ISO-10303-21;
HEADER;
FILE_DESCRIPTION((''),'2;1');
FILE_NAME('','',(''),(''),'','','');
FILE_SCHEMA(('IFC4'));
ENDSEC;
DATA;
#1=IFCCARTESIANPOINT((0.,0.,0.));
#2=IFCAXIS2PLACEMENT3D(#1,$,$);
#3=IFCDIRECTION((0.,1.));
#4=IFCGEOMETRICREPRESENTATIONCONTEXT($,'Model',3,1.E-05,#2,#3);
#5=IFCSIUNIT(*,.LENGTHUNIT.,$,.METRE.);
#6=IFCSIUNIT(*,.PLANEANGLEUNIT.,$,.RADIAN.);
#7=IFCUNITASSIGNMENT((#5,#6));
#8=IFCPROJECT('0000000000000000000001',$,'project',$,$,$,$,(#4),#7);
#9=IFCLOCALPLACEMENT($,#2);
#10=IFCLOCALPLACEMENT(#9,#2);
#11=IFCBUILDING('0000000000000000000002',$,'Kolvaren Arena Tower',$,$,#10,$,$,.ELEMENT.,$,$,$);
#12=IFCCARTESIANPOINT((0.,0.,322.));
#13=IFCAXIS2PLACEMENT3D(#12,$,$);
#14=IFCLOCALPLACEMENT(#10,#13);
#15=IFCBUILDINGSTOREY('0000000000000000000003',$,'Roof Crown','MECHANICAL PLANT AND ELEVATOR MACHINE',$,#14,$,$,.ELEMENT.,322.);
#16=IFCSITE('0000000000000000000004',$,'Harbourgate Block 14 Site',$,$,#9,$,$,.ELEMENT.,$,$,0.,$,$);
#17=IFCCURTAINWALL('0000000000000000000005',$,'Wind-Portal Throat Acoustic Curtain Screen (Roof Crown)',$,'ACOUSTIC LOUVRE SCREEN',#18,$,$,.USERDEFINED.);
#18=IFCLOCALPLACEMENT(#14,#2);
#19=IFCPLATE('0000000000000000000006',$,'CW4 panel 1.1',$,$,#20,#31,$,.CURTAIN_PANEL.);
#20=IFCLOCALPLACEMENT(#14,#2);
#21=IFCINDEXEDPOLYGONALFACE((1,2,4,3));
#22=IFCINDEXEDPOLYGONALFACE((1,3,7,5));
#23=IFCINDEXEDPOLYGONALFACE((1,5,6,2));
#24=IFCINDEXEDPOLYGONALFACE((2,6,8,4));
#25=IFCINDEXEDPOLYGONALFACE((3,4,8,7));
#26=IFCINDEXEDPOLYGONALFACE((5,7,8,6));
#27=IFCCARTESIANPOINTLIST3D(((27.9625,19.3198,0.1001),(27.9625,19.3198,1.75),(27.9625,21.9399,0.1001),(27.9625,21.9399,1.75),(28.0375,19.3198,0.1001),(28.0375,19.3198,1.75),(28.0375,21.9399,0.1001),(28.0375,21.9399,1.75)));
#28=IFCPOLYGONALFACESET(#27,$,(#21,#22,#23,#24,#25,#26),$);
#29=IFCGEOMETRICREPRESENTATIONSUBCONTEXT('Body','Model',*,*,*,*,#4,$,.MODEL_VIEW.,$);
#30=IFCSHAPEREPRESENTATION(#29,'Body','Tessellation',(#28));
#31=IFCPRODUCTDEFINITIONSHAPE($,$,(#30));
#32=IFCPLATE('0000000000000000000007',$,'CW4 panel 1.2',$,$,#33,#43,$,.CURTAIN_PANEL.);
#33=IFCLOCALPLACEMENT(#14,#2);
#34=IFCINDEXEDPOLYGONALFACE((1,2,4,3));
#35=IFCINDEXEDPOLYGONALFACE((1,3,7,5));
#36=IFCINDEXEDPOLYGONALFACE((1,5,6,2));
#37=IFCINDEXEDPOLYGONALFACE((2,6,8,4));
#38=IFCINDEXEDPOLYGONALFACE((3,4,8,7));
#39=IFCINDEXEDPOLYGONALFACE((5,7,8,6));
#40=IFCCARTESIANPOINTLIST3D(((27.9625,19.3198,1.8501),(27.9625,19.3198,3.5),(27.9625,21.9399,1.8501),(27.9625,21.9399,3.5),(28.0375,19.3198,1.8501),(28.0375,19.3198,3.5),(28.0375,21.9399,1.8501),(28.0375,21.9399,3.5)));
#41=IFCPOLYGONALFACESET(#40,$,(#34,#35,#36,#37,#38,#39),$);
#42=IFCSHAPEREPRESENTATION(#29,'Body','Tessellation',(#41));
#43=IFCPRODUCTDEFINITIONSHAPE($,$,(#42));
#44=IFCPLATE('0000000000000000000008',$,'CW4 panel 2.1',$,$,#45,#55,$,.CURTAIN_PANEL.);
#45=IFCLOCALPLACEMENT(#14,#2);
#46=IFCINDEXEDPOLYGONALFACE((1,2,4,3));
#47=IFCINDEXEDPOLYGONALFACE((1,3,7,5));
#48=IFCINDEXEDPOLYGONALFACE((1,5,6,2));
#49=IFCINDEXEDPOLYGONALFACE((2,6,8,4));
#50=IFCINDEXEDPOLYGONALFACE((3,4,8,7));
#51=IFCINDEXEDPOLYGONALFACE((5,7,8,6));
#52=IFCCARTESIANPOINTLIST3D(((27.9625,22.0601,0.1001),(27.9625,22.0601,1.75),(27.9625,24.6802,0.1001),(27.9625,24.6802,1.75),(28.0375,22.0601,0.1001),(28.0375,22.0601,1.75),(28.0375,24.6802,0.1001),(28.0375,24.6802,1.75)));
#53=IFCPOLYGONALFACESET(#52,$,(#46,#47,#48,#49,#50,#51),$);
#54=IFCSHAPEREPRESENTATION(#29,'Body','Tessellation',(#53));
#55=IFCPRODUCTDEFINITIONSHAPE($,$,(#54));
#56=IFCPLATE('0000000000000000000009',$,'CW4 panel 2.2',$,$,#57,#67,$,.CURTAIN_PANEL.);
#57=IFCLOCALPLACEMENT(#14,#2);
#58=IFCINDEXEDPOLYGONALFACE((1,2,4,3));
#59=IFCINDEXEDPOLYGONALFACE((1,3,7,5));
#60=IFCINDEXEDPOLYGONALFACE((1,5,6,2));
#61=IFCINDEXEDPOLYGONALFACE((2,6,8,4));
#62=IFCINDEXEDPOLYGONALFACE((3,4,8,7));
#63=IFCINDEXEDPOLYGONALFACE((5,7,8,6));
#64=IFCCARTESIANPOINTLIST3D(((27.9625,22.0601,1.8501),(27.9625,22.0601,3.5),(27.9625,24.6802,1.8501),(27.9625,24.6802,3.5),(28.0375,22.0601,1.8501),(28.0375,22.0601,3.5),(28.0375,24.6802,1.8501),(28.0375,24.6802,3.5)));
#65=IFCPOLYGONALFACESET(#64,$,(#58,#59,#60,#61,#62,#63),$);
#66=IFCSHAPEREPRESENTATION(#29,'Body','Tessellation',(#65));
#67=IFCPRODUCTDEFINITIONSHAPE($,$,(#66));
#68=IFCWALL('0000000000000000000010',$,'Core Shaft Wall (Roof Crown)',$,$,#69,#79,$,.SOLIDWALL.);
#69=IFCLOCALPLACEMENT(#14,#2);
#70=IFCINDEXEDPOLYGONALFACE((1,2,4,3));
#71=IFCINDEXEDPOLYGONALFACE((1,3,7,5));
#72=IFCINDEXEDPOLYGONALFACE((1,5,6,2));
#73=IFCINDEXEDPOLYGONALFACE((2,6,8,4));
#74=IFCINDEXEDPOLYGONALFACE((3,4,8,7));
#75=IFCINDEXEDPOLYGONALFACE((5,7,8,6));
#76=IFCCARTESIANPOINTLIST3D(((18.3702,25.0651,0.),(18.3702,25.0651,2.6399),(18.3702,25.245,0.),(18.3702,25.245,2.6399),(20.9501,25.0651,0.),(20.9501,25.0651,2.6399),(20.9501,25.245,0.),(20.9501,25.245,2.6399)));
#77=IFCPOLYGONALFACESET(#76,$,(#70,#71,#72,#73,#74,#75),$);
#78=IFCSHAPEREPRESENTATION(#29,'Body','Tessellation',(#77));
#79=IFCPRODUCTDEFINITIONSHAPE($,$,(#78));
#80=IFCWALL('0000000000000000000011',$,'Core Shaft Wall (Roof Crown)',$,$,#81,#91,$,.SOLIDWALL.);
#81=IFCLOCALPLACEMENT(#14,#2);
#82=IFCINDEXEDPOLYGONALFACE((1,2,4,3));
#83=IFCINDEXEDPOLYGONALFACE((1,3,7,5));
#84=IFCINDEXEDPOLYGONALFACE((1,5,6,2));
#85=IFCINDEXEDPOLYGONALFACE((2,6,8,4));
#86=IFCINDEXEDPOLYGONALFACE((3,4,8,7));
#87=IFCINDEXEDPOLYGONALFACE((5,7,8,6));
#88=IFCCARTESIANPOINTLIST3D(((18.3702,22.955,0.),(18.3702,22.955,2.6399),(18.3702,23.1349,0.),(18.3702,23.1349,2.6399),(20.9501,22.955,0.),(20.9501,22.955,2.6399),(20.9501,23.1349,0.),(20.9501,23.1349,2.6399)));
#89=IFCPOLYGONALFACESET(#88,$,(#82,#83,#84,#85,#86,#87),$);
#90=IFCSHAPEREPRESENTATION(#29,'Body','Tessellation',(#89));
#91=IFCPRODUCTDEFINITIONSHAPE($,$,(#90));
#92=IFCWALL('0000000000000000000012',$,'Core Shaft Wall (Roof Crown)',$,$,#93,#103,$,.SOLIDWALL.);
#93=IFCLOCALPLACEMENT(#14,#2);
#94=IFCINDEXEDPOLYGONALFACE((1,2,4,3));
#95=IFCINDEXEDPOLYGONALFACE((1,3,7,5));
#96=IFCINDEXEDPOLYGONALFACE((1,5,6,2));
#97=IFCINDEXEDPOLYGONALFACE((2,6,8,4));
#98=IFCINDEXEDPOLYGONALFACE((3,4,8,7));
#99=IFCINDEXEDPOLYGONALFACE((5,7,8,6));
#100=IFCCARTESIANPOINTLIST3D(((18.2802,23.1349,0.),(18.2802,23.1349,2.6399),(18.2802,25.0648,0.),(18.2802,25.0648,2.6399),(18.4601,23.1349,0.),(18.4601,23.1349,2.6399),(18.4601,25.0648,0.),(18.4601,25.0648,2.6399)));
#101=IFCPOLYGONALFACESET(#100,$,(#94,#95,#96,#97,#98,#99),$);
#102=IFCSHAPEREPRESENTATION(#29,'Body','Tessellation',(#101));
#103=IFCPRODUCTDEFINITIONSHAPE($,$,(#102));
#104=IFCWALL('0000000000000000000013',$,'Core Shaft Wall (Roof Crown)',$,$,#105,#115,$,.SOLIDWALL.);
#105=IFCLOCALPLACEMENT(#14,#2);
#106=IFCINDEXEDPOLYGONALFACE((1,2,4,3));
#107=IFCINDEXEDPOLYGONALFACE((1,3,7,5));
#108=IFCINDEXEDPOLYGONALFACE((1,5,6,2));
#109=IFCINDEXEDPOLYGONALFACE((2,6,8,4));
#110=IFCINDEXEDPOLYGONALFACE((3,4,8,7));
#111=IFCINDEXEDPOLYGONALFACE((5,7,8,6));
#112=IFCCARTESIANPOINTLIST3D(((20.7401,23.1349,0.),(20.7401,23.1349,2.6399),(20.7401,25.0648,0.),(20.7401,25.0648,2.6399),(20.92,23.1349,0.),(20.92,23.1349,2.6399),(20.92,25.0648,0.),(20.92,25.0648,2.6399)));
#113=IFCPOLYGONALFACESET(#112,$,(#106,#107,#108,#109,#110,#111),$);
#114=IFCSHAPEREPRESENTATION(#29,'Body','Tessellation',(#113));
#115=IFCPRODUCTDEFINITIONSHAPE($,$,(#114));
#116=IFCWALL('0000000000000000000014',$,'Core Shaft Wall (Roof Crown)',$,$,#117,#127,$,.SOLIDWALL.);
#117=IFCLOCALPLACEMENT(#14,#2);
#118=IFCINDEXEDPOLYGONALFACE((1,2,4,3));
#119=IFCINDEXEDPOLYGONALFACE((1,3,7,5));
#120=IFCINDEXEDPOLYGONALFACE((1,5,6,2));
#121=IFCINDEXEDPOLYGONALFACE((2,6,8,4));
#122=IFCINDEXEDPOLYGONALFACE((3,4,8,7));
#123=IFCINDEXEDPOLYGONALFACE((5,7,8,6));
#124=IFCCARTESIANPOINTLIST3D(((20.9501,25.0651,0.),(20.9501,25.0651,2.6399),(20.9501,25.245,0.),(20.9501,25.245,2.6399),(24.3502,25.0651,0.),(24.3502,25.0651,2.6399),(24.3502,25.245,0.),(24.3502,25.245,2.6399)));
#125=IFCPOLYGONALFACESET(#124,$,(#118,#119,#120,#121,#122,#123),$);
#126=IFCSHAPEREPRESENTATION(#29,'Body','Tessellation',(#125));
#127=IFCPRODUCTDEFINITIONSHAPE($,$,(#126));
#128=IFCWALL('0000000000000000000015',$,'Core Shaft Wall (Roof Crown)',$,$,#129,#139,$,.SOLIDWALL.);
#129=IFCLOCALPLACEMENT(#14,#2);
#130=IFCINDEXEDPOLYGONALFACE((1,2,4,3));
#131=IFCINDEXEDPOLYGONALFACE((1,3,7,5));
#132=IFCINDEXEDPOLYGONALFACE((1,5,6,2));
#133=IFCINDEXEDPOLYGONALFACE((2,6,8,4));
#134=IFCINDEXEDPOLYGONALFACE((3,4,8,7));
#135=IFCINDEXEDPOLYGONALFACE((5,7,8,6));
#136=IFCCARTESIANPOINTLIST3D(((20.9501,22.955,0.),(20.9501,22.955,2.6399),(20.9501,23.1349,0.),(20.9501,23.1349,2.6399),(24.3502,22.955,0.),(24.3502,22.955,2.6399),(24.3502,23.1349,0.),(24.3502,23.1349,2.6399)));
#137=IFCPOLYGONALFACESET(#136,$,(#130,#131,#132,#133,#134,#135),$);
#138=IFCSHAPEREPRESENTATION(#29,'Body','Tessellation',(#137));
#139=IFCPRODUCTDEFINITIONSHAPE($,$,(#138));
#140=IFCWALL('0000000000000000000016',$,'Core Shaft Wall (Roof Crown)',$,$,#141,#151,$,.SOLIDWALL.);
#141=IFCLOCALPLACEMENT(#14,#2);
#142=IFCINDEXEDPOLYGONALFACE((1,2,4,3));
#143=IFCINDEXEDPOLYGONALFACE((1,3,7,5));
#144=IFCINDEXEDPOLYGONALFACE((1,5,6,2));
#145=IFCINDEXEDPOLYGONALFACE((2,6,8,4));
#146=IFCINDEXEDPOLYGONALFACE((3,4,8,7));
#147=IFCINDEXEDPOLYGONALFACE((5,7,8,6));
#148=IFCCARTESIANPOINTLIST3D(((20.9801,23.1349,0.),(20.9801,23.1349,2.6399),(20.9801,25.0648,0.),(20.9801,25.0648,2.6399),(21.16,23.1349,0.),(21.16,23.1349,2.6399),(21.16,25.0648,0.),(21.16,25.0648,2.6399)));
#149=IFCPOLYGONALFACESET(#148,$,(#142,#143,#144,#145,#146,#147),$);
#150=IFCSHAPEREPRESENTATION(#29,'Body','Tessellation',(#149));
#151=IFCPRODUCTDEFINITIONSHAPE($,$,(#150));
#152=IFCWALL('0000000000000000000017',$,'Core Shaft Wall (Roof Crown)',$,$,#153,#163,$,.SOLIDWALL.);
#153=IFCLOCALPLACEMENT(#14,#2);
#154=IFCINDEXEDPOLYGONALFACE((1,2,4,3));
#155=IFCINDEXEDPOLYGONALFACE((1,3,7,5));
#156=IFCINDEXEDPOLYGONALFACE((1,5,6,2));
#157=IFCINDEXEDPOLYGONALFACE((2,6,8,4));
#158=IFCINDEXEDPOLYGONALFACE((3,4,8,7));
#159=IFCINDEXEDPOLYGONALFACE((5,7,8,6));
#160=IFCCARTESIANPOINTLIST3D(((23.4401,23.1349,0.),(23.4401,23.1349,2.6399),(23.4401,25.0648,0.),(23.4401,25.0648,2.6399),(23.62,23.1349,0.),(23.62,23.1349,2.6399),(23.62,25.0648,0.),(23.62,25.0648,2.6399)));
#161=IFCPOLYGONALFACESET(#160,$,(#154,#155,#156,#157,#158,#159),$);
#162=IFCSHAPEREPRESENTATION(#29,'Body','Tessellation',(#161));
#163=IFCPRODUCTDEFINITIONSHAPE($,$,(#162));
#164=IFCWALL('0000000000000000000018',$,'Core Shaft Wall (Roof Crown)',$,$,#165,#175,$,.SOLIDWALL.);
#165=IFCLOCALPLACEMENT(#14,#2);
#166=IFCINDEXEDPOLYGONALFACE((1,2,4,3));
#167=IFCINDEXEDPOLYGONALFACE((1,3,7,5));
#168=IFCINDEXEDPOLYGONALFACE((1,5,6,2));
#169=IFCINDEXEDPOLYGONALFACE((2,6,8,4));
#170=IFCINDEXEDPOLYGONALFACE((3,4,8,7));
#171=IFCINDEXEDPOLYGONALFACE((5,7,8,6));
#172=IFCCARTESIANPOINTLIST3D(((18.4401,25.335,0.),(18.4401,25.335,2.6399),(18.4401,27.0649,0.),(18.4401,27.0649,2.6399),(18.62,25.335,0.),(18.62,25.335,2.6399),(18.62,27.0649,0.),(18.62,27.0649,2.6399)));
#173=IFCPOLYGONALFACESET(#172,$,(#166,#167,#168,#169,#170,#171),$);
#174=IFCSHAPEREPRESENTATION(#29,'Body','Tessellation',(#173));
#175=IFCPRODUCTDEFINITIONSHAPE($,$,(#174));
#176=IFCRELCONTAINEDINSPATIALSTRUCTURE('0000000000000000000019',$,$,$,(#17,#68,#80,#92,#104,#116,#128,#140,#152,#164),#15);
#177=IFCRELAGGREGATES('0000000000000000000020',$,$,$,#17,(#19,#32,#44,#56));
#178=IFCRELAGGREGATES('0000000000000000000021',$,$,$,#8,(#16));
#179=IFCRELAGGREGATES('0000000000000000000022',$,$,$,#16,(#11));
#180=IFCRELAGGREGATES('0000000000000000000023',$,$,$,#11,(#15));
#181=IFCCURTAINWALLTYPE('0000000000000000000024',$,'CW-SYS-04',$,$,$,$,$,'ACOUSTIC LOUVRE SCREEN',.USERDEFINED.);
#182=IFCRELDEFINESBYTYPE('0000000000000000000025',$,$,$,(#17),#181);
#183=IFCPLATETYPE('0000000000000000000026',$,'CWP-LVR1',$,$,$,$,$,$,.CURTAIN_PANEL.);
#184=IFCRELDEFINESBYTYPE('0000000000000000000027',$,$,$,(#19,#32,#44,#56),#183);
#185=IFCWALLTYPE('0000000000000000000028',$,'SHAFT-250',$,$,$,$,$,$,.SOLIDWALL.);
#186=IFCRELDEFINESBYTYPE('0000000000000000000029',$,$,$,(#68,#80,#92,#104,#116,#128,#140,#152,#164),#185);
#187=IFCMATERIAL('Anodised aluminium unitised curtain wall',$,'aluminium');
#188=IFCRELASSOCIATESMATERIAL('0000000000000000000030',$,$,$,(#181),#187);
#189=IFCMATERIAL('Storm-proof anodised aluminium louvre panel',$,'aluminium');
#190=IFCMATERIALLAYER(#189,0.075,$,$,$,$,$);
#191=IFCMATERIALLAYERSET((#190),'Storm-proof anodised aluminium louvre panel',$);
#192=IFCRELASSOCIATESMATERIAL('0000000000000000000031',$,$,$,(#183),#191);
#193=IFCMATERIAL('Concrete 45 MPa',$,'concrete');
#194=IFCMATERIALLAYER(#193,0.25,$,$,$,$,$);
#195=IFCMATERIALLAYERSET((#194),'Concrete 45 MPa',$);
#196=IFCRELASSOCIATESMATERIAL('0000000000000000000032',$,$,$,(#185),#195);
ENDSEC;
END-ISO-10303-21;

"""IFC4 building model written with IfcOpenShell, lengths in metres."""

from ifc_helpers import new_model, si_unit, direction, frame, frame_2d, origin, origin_2d, place, context, subcontext, project, spatial, rectangle, extrude, material, layer, layer_set, type_object, element, aggregate, save


model = new_model("IFC4")

# Units and contexts
model_context = context("Model", 3, precision=1e-05, world=origin(), true_north=direction((0.0, 1.0)))
body_context = subcontext(model_context, "Body", "Model", "MODEL_VIEW")
ifc_project = project(units=[si_unit("LENGTHUNIT", "METRE"), si_unit("PLANEANGLEUNIT", "RADIAN")], contexts=[model_context])

# Site, building, storey
site_placement = place(None, origin())
site = spatial("IfcSite", under=ifc_project, at=site_placement, Name="Harbourgate Block 14 Site", CompositionType="ELEMENT", RefElevation=0.0)
building_placement = place(site_placement, origin())
building = spatial("IfcBuilding", under=site, at=building_placement, Name="Kolvaren Arena Tower", CompositionType="ELEMENT")
storey_placement = place(building_placement, frame((0.0, 0.0, 322.0)))
storey = spatial("IfcBuildingStorey", under=building, at=storey_placement, Name="Roof Crown", Description="MECHANICAL PLANT AND ELEVATOR MACHINE", CompositionType="ELEMENT", Elevation=322.0)

# Curtain wall
ifc_material_1 = material(Name="Anodised aluminium unitised curtain wall", Category="aluminium")
curtain_wall_type = type_object("IfcCurtainWallType", Name="CW-SYS-04", ElementType="ACOUSTIC LOUVRE SCREEN", PredefinedType="USERDEFINED", material=ifc_material_1)
curtain_wall_1_placement = place(storey_placement, origin())
curtain_wall_1 = element("IfcCurtainWall", 1, at=curtain_wall_1_placement, inside=storey, type_object=curtain_wall_type, Name="Wind-Portal Throat Acoustic Curtain Screen (Roof Crown)", ObjectType="ACOUSTIC LOUVRE SCREEN", PredefinedType="USERDEFINED")

# Plates
ifc_material_2 = material(Name="Storm-proof anodised aluminium louvre panel", Category="aluminium")
ifc_layer_1 = layer(ifc_material_2, 0.075)
ifc_layer_set_1 = layer_set([ifc_layer_1], Name="Storm-proof anodised aluminium louvre panel")
plate_type = type_object("IfcPlateType", Name="CWP-LVR1", PredefinedType="CURTAIN_PANEL", material=ifc_layer_set_1)
plate_1_placement = place(storey_placement, frame((28.0, 20.6299, 0.1001), z_axis=(0.0, 0.0, 1.0), x_axis=(0.0, 1.0, 0.0)))
plate_1 = element("IfcPlate", 2, at=plate_1_placement, type_object=plate_type, Name="CW4 panel 1.1", PredefinedType="CURTAIN_PANEL", context=body_context, shape_type="SweptSolid", body=[
    extrude(rectangle(XDim=2.6201, YDim=0.075, at=origin_2d()), origin(), (0.0, 0.0, 1.0), 1.6499),
])
plate_2_placement = place(storey_placement, frame((28.0, 20.6299, 1.8501), z_axis=(0.0, 0.0, 1.0), x_axis=(0.0, 1.0, 0.0)))
plate_2 = element("IfcPlate", 3, at=plate_2_placement, type_object=plate_type, Name="CW4 panel 1.2", PredefinedType="CURTAIN_PANEL", context=body_context, shape_type="SweptSolid", body=[
    extrude(rectangle(XDim=2.6201, YDim=0.075, at=origin_2d()), origin(), (0.0, 0.0, 1.0), 1.6499),
])
plate_3_placement = place(storey_placement, frame((28.0, 23.3701, 0.1001), z_axis=(0.0, 0.0, 1.0), x_axis=(0.0, 1.0, 0.0)))
plate_3 = element("IfcPlate", 4, at=plate_3_placement, type_object=plate_type, Name="CW4 panel 2.1", PredefinedType="CURTAIN_PANEL", context=body_context, shape_type="SweptSolid", body=[
    extrude(rectangle(XDim=2.6201, YDim=0.075, at=origin_2d()), origin(), (0.0, 0.0, 1.0), 1.6499),
])
plate_4_placement = place(storey_placement, frame((28.0, 23.3701, 1.8501), z_axis=(0.0, 0.0, 1.0), x_axis=(0.0, 1.0, 0.0)))
plate_4 = element("IfcPlate", 5, at=plate_4_placement, type_object=plate_type, Name="CW4 panel 2.2", PredefinedType="CURTAIN_PANEL", context=body_context, shape_type="SweptSolid", body=[
    extrude(rectangle(XDim=2.6201, YDim=0.075, at=origin_2d()), origin(), (0.0, 0.0, 1.0), 1.6499),
])
aggregate(curtain_wall_1, [plate_1, plate_2, plate_3, plate_4])

# Walls
ifc_material_3 = material(Name="Concrete 45 MPa", Category="concrete")
ifc_layer_2 = layer(ifc_material_3, 0.25)
ifc_layer_set_2 = layer_set([ifc_layer_2], Name="Concrete 45 MPa")
wall_type = type_object("IfcWallType", Name="SHAFT-250", PredefinedType="SOLIDWALL", material=ifc_layer_set_2)
for number, where, z_axis, x_axis, name in (
    (6, (18.3701, 25.155, 0.0), (0.0, 0.0, 1.0), (1.0, 0.0, 0.0), "Core Shaft Wall (Roof Crown)"),
    (7, (18.3701, 23.0449, 0.0), (0.0, 0.0, 1.0), (1.0, 0.0, 0.0), "Core Shaft Wall (Roof Crown)"),
):
    element("IfcWall", number, at=place(storey_placement, frame(where, z_axis=z_axis, x_axis=x_axis)), inside=storey, type_object=wall_type, Name=name, PredefinedType="SOLIDWALL", context=body_context, shape_type="SweptSolid", body=[
        extrude(rectangle(XDim=2.5798, YDim=0.1799, at=frame_2d((1.29, 0.0))), origin(), (0.0, 0.0, 1.0), 2.6399),
    ])
for number, where, z_axis, x_axis, name in (
    (8, (18.3701, 23.135, 0.0), (0.0, 0.0, 1.0), (0.0, 1.0, 0.0), "Core Shaft Wall (Roof Crown)"),
    (9, (20.8301, 23.135, 0.0), (0.0, 0.0, 1.0), (0.0, 1.0, 0.0), "Core Shaft Wall (Roof Crown)"),
):
    element("IfcWall", number, at=place(storey_placement, frame(where, z_axis=z_axis, x_axis=x_axis)), inside=storey, type_object=wall_type, Name=name, PredefinedType="SOLIDWALL", context=body_context, shape_type="SweptSolid", body=[
        extrude(rectangle(XDim=1.9299, YDim=0.1799, at=frame_2d((0.9648, 0.0))), origin(), (0.0, 0.0, 1.0), 2.6399),
    ])
for number, where, z_axis, x_axis, name in (
    (10, (20.95, 25.155, 0.0), (0.0, 0.0, 1.0), (1.0, 0.0, 0.0), "Core Shaft Wall (Roof Crown)"),
    (11, (20.95, 23.0449, 0.0), (0.0, 0.0, 1.0), (1.0, 0.0, 0.0), "Core Shaft Wall (Roof Crown)"),
):
    element("IfcWall", number, at=place(storey_placement, frame(where, z_axis=z_axis, x_axis=x_axis)), inside=storey, type_object=wall_type, Name=name, PredefinedType="SOLIDWALL", context=body_context, shape_type="SweptSolid", body=[
        extrude(rectangle(XDim=3.4001, YDim=0.1799, at=frame_2d((1.7002, 0.0))), origin(), (0.0, 0.0, 1.0), 2.6399),
    ])
for number, where, z_axis, x_axis, name in (
    (12, (21.0701, 23.135, 0.0), (0.0, 0.0, 1.0), (0.0, 1.0, 0.0), "Core Shaft Wall (Roof Crown)"),
    (13, (23.53, 23.135, 0.0), (0.0, 0.0, 1.0), (0.0, 1.0, 0.0), "Core Shaft Wall (Roof Crown)"),
):
    element("IfcWall", number, at=place(storey_placement, frame(where, z_axis=z_axis, x_axis=x_axis)), inside=storey, type_object=wall_type, Name=name, PredefinedType="SOLIDWALL", context=body_context, shape_type="SweptSolid", body=[
        extrude(rectangle(XDim=1.9299, YDim=0.1799, at=frame_2d((0.9648, 0.0))), origin(), (0.0, 0.0, 1.0), 2.6399),
    ])
wall_placement = place(storey_placement, frame((18.53, 25.335, 0.0), z_axis=(0.0, 0.0, 1.0), x_axis=(0.0, 1.0, 0.0)))
element("IfcWall", 14, at=wall_placement, inside=storey, type_object=wall_type, Name="Core Shaft Wall (Roof Crown)", PredefinedType="SOLIDWALL", context=body_context, shape_type="SweptSolid", body=[
    extrude(rectangle(XDim=1.73, YDim=0.1799, at=frame_2d((0.865, 0.0))), origin(), (0.0, 0.0, 1.0), 2.6399),
])

save(model, "model.ifc")
